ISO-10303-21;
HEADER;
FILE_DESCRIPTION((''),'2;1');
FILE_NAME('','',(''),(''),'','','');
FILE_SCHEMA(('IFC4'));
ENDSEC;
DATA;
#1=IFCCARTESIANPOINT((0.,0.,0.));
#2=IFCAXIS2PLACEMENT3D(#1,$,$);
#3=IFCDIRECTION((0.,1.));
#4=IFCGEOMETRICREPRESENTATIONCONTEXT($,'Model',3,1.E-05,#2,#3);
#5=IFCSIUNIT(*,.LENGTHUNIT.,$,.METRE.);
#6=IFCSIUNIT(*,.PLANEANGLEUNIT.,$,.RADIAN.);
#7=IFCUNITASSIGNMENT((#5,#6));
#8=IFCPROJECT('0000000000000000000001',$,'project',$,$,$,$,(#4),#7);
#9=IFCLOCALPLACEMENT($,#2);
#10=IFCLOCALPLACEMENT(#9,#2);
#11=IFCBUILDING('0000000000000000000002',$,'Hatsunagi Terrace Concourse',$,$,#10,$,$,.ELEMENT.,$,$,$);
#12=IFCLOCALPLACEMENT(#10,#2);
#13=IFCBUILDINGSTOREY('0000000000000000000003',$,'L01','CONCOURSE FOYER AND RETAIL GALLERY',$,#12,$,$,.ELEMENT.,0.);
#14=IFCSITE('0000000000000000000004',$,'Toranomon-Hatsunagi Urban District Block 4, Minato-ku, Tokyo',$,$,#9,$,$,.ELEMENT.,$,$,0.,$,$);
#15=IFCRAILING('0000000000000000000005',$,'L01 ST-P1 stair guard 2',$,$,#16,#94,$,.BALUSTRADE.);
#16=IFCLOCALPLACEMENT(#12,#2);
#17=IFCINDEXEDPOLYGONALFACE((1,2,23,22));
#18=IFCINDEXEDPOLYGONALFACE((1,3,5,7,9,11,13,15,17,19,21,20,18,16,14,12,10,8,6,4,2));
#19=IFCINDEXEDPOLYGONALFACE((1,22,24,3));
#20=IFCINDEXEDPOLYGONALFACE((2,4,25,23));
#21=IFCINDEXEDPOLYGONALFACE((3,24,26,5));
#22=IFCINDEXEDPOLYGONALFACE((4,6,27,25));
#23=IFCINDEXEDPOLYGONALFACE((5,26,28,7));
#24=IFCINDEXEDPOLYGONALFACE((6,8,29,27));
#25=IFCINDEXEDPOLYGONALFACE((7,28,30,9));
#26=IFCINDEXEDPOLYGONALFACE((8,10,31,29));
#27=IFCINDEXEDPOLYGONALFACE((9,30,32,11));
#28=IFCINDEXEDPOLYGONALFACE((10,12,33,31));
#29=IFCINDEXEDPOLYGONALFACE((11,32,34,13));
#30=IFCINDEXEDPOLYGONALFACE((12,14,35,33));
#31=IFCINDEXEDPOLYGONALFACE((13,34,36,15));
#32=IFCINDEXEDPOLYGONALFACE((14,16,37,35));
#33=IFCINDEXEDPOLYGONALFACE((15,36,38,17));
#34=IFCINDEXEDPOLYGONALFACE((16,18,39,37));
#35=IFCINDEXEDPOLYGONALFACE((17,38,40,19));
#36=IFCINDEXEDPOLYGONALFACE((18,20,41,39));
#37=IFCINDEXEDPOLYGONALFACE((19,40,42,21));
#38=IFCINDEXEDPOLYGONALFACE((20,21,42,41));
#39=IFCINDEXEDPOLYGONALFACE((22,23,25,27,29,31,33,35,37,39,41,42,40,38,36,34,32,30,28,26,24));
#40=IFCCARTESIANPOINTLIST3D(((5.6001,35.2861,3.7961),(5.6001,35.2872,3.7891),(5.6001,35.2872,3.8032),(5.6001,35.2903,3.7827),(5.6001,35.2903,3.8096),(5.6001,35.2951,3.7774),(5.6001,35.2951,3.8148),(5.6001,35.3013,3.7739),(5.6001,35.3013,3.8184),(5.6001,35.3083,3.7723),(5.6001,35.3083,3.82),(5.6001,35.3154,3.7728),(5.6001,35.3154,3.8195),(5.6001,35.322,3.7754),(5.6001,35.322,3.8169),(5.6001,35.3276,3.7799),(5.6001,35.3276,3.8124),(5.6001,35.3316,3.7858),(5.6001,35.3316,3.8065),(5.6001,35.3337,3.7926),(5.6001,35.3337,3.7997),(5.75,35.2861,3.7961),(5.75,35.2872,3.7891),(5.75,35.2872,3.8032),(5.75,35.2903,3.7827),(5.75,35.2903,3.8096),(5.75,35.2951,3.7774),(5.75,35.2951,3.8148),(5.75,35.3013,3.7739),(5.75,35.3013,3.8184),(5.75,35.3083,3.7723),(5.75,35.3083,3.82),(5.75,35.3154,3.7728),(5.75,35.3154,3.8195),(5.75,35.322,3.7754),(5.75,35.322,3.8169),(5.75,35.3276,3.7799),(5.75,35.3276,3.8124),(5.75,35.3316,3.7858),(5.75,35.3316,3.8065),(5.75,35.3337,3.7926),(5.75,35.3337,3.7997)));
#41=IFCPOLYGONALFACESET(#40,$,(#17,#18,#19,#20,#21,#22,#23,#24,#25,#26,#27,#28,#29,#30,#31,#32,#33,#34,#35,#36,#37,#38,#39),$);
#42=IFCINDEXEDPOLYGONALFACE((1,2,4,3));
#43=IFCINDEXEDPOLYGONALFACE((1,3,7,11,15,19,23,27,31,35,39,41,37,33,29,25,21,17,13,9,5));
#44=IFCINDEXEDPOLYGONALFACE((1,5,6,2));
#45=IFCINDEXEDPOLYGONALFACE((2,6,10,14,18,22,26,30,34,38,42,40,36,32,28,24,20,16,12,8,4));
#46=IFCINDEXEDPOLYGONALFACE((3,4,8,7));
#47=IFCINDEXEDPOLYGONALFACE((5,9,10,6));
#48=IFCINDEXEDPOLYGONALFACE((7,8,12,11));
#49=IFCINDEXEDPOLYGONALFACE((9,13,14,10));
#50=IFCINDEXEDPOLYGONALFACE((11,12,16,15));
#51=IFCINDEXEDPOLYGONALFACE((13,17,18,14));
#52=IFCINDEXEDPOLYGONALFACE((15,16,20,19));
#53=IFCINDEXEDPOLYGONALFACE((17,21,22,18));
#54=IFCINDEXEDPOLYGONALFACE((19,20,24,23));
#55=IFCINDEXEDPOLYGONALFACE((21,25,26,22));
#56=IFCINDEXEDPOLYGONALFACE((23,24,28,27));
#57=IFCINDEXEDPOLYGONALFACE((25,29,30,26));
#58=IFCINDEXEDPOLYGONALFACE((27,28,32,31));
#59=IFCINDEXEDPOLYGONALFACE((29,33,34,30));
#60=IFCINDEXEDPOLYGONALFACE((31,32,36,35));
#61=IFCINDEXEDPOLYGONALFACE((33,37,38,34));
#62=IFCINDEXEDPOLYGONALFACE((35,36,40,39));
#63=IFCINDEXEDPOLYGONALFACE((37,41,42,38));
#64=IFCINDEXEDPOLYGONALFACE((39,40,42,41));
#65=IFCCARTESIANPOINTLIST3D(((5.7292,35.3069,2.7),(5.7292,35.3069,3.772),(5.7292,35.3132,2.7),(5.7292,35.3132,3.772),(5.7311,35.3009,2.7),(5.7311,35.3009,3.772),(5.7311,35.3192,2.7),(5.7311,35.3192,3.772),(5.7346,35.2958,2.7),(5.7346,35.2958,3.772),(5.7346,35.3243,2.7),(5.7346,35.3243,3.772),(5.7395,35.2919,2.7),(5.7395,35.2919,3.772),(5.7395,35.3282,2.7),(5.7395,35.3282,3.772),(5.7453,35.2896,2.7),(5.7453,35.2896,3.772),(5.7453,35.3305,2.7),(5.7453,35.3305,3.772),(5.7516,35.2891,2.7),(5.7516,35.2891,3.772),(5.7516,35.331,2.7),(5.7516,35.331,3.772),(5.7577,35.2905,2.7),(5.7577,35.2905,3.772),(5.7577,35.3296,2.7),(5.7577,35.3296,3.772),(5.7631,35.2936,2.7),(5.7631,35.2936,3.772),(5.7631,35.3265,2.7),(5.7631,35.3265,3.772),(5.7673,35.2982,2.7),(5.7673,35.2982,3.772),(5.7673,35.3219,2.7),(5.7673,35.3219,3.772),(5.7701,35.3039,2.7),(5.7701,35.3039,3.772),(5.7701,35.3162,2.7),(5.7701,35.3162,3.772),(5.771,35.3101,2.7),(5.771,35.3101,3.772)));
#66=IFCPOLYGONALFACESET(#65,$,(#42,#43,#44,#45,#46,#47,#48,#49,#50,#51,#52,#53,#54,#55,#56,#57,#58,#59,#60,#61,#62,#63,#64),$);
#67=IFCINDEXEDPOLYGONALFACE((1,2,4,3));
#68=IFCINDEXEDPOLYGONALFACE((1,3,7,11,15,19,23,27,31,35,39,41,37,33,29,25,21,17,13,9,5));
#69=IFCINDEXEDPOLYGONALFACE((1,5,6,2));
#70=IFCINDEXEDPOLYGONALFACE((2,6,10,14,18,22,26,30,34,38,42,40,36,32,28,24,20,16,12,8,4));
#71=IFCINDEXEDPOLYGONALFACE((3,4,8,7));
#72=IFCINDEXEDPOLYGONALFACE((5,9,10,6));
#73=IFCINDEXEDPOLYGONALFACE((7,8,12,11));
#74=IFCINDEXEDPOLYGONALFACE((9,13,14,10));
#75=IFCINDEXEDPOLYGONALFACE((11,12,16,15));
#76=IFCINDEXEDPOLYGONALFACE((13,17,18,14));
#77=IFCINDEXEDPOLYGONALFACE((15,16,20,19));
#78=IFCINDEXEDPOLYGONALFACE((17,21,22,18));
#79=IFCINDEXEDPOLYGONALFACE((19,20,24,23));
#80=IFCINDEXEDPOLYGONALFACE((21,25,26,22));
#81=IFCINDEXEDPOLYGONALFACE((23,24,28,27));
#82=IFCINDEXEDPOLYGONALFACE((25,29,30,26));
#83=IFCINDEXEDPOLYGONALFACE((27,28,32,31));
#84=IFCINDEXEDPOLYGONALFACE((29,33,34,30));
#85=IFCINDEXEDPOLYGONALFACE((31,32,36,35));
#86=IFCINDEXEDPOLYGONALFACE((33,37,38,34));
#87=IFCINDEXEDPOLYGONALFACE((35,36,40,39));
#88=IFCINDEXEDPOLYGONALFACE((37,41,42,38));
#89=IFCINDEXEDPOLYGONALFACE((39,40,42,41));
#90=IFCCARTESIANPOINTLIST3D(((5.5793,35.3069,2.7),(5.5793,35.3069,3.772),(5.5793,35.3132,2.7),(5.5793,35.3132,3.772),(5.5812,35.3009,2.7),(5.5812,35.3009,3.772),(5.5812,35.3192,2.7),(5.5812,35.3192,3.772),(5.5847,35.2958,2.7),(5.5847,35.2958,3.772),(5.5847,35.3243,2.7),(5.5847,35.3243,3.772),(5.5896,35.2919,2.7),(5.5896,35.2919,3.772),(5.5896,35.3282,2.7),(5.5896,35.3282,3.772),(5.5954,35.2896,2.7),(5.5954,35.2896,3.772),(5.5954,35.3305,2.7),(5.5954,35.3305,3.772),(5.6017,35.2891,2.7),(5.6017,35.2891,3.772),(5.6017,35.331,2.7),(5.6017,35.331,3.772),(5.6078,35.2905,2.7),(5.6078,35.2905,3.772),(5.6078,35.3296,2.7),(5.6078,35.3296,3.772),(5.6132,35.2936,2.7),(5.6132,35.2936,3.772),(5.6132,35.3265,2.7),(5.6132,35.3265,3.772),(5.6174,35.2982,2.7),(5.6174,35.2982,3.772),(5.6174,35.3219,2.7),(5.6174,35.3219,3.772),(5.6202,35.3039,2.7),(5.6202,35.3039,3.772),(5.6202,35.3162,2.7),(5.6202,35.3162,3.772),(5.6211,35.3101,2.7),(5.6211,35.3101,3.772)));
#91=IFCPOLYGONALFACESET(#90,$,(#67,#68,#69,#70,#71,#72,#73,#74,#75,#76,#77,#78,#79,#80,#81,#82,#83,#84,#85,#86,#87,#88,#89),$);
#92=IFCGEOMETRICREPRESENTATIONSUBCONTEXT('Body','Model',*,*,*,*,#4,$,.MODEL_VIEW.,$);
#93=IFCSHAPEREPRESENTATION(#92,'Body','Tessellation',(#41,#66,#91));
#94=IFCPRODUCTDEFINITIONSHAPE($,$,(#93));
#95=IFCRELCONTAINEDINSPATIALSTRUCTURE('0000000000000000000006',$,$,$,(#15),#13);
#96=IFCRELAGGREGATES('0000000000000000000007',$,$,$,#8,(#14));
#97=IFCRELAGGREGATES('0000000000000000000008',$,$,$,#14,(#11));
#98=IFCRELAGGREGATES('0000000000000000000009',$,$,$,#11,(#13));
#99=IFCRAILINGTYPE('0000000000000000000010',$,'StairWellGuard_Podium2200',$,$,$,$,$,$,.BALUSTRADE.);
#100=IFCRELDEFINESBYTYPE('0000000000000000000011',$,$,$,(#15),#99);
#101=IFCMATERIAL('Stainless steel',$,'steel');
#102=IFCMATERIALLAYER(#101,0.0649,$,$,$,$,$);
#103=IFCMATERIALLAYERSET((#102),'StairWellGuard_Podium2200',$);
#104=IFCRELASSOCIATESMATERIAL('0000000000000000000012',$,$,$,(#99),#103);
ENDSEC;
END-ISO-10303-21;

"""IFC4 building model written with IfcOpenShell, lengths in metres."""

from ifc_helpers import new_model, si_unit, direction, frame, origin, origin_2d, place, context, subcontext, project, spatial, circle, extrude, material, layer, layer_set, type_object, element, save


model = new_model("IFC4")

# Units and contexts
model_context = context("Model", 3, precision=1e-05, world=origin(), true_north=direction((0.0, 1.0)))
body_context = subcontext(model_context, "Body", "Model", "MODEL_VIEW")
ifc_project = project(units=[si_unit("LENGTHUNIT", "METRE"), si_unit("PLANEANGLEUNIT", "RADIAN")], contexts=[model_context])

# Site, building, storey
site_placement = place(None, origin())
site = spatial("IfcSite", under=ifc_project, at=site_placement, Name="Toranomon-Hatsunagi Urban District Block 4, Minato-ku, Tokyo", CompositionType="ELEMENT", RefElevation=0.0)
building_placement = place(site_placement, origin())
building = spatial("IfcBuilding", under=site, at=building_placement, Name="Hatsunagi Terrace Concourse", CompositionType="ELEMENT")
storey_placement = place(building_placement, origin())
storey = spatial("IfcBuildingStorey", under=building, at=storey_placement, Name="L01", Description="CONCOURSE FOYER AND RETAIL GALLERY", CompositionType="ELEMENT", Elevation=0.0)

# Railing
ifc_material_1 = material(Name="Stainless steel", Category="steel")
ifc_layer_1 = layer(ifc_material_1, 0.0649)
ifc_layer_set_1 = layer_set([ifc_layer_1], Name="StairWellGuard_Podium2200")
railing_type_1 = type_object("IfcRailingType", Name="StairWellGuard_Podium2200", PredefinedType="BALUSTRADE", material=ifc_layer_set_1)
railing_1_placement = place(storey_placement, frame((5.75, 35.3101, 2.7)))
element("IfcRailing", 1, at=railing_1_placement, inside=storey, type_object=railing_type_1, Name="L01 ST-P1 stair guard 2", PredefinedType="BALUSTRADE", context=body_context, shape_type="SweptSolid", body=[
    extrude(circle(Radius=0.0239, at=origin_2d()), frame((0.0, 0.0, 1.0962), z_axis=(-1.0, 0.0, 0.0), x_axis=(0.0, -1.0, 0.0)), (0.0, 0.0, 1.0), 0.1499),
    extrude(circle(Radius=0.021, at=origin_2d()), origin(), (0.0, 0.0, 1.0), 1.072),
    extrude(circle(Radius=0.021, at=origin_2d()), frame((-0.1499, 0.0, 0.0)), (0.0, 0.0, 1.0), 1.072),
])

save(model, "model.ifc")
